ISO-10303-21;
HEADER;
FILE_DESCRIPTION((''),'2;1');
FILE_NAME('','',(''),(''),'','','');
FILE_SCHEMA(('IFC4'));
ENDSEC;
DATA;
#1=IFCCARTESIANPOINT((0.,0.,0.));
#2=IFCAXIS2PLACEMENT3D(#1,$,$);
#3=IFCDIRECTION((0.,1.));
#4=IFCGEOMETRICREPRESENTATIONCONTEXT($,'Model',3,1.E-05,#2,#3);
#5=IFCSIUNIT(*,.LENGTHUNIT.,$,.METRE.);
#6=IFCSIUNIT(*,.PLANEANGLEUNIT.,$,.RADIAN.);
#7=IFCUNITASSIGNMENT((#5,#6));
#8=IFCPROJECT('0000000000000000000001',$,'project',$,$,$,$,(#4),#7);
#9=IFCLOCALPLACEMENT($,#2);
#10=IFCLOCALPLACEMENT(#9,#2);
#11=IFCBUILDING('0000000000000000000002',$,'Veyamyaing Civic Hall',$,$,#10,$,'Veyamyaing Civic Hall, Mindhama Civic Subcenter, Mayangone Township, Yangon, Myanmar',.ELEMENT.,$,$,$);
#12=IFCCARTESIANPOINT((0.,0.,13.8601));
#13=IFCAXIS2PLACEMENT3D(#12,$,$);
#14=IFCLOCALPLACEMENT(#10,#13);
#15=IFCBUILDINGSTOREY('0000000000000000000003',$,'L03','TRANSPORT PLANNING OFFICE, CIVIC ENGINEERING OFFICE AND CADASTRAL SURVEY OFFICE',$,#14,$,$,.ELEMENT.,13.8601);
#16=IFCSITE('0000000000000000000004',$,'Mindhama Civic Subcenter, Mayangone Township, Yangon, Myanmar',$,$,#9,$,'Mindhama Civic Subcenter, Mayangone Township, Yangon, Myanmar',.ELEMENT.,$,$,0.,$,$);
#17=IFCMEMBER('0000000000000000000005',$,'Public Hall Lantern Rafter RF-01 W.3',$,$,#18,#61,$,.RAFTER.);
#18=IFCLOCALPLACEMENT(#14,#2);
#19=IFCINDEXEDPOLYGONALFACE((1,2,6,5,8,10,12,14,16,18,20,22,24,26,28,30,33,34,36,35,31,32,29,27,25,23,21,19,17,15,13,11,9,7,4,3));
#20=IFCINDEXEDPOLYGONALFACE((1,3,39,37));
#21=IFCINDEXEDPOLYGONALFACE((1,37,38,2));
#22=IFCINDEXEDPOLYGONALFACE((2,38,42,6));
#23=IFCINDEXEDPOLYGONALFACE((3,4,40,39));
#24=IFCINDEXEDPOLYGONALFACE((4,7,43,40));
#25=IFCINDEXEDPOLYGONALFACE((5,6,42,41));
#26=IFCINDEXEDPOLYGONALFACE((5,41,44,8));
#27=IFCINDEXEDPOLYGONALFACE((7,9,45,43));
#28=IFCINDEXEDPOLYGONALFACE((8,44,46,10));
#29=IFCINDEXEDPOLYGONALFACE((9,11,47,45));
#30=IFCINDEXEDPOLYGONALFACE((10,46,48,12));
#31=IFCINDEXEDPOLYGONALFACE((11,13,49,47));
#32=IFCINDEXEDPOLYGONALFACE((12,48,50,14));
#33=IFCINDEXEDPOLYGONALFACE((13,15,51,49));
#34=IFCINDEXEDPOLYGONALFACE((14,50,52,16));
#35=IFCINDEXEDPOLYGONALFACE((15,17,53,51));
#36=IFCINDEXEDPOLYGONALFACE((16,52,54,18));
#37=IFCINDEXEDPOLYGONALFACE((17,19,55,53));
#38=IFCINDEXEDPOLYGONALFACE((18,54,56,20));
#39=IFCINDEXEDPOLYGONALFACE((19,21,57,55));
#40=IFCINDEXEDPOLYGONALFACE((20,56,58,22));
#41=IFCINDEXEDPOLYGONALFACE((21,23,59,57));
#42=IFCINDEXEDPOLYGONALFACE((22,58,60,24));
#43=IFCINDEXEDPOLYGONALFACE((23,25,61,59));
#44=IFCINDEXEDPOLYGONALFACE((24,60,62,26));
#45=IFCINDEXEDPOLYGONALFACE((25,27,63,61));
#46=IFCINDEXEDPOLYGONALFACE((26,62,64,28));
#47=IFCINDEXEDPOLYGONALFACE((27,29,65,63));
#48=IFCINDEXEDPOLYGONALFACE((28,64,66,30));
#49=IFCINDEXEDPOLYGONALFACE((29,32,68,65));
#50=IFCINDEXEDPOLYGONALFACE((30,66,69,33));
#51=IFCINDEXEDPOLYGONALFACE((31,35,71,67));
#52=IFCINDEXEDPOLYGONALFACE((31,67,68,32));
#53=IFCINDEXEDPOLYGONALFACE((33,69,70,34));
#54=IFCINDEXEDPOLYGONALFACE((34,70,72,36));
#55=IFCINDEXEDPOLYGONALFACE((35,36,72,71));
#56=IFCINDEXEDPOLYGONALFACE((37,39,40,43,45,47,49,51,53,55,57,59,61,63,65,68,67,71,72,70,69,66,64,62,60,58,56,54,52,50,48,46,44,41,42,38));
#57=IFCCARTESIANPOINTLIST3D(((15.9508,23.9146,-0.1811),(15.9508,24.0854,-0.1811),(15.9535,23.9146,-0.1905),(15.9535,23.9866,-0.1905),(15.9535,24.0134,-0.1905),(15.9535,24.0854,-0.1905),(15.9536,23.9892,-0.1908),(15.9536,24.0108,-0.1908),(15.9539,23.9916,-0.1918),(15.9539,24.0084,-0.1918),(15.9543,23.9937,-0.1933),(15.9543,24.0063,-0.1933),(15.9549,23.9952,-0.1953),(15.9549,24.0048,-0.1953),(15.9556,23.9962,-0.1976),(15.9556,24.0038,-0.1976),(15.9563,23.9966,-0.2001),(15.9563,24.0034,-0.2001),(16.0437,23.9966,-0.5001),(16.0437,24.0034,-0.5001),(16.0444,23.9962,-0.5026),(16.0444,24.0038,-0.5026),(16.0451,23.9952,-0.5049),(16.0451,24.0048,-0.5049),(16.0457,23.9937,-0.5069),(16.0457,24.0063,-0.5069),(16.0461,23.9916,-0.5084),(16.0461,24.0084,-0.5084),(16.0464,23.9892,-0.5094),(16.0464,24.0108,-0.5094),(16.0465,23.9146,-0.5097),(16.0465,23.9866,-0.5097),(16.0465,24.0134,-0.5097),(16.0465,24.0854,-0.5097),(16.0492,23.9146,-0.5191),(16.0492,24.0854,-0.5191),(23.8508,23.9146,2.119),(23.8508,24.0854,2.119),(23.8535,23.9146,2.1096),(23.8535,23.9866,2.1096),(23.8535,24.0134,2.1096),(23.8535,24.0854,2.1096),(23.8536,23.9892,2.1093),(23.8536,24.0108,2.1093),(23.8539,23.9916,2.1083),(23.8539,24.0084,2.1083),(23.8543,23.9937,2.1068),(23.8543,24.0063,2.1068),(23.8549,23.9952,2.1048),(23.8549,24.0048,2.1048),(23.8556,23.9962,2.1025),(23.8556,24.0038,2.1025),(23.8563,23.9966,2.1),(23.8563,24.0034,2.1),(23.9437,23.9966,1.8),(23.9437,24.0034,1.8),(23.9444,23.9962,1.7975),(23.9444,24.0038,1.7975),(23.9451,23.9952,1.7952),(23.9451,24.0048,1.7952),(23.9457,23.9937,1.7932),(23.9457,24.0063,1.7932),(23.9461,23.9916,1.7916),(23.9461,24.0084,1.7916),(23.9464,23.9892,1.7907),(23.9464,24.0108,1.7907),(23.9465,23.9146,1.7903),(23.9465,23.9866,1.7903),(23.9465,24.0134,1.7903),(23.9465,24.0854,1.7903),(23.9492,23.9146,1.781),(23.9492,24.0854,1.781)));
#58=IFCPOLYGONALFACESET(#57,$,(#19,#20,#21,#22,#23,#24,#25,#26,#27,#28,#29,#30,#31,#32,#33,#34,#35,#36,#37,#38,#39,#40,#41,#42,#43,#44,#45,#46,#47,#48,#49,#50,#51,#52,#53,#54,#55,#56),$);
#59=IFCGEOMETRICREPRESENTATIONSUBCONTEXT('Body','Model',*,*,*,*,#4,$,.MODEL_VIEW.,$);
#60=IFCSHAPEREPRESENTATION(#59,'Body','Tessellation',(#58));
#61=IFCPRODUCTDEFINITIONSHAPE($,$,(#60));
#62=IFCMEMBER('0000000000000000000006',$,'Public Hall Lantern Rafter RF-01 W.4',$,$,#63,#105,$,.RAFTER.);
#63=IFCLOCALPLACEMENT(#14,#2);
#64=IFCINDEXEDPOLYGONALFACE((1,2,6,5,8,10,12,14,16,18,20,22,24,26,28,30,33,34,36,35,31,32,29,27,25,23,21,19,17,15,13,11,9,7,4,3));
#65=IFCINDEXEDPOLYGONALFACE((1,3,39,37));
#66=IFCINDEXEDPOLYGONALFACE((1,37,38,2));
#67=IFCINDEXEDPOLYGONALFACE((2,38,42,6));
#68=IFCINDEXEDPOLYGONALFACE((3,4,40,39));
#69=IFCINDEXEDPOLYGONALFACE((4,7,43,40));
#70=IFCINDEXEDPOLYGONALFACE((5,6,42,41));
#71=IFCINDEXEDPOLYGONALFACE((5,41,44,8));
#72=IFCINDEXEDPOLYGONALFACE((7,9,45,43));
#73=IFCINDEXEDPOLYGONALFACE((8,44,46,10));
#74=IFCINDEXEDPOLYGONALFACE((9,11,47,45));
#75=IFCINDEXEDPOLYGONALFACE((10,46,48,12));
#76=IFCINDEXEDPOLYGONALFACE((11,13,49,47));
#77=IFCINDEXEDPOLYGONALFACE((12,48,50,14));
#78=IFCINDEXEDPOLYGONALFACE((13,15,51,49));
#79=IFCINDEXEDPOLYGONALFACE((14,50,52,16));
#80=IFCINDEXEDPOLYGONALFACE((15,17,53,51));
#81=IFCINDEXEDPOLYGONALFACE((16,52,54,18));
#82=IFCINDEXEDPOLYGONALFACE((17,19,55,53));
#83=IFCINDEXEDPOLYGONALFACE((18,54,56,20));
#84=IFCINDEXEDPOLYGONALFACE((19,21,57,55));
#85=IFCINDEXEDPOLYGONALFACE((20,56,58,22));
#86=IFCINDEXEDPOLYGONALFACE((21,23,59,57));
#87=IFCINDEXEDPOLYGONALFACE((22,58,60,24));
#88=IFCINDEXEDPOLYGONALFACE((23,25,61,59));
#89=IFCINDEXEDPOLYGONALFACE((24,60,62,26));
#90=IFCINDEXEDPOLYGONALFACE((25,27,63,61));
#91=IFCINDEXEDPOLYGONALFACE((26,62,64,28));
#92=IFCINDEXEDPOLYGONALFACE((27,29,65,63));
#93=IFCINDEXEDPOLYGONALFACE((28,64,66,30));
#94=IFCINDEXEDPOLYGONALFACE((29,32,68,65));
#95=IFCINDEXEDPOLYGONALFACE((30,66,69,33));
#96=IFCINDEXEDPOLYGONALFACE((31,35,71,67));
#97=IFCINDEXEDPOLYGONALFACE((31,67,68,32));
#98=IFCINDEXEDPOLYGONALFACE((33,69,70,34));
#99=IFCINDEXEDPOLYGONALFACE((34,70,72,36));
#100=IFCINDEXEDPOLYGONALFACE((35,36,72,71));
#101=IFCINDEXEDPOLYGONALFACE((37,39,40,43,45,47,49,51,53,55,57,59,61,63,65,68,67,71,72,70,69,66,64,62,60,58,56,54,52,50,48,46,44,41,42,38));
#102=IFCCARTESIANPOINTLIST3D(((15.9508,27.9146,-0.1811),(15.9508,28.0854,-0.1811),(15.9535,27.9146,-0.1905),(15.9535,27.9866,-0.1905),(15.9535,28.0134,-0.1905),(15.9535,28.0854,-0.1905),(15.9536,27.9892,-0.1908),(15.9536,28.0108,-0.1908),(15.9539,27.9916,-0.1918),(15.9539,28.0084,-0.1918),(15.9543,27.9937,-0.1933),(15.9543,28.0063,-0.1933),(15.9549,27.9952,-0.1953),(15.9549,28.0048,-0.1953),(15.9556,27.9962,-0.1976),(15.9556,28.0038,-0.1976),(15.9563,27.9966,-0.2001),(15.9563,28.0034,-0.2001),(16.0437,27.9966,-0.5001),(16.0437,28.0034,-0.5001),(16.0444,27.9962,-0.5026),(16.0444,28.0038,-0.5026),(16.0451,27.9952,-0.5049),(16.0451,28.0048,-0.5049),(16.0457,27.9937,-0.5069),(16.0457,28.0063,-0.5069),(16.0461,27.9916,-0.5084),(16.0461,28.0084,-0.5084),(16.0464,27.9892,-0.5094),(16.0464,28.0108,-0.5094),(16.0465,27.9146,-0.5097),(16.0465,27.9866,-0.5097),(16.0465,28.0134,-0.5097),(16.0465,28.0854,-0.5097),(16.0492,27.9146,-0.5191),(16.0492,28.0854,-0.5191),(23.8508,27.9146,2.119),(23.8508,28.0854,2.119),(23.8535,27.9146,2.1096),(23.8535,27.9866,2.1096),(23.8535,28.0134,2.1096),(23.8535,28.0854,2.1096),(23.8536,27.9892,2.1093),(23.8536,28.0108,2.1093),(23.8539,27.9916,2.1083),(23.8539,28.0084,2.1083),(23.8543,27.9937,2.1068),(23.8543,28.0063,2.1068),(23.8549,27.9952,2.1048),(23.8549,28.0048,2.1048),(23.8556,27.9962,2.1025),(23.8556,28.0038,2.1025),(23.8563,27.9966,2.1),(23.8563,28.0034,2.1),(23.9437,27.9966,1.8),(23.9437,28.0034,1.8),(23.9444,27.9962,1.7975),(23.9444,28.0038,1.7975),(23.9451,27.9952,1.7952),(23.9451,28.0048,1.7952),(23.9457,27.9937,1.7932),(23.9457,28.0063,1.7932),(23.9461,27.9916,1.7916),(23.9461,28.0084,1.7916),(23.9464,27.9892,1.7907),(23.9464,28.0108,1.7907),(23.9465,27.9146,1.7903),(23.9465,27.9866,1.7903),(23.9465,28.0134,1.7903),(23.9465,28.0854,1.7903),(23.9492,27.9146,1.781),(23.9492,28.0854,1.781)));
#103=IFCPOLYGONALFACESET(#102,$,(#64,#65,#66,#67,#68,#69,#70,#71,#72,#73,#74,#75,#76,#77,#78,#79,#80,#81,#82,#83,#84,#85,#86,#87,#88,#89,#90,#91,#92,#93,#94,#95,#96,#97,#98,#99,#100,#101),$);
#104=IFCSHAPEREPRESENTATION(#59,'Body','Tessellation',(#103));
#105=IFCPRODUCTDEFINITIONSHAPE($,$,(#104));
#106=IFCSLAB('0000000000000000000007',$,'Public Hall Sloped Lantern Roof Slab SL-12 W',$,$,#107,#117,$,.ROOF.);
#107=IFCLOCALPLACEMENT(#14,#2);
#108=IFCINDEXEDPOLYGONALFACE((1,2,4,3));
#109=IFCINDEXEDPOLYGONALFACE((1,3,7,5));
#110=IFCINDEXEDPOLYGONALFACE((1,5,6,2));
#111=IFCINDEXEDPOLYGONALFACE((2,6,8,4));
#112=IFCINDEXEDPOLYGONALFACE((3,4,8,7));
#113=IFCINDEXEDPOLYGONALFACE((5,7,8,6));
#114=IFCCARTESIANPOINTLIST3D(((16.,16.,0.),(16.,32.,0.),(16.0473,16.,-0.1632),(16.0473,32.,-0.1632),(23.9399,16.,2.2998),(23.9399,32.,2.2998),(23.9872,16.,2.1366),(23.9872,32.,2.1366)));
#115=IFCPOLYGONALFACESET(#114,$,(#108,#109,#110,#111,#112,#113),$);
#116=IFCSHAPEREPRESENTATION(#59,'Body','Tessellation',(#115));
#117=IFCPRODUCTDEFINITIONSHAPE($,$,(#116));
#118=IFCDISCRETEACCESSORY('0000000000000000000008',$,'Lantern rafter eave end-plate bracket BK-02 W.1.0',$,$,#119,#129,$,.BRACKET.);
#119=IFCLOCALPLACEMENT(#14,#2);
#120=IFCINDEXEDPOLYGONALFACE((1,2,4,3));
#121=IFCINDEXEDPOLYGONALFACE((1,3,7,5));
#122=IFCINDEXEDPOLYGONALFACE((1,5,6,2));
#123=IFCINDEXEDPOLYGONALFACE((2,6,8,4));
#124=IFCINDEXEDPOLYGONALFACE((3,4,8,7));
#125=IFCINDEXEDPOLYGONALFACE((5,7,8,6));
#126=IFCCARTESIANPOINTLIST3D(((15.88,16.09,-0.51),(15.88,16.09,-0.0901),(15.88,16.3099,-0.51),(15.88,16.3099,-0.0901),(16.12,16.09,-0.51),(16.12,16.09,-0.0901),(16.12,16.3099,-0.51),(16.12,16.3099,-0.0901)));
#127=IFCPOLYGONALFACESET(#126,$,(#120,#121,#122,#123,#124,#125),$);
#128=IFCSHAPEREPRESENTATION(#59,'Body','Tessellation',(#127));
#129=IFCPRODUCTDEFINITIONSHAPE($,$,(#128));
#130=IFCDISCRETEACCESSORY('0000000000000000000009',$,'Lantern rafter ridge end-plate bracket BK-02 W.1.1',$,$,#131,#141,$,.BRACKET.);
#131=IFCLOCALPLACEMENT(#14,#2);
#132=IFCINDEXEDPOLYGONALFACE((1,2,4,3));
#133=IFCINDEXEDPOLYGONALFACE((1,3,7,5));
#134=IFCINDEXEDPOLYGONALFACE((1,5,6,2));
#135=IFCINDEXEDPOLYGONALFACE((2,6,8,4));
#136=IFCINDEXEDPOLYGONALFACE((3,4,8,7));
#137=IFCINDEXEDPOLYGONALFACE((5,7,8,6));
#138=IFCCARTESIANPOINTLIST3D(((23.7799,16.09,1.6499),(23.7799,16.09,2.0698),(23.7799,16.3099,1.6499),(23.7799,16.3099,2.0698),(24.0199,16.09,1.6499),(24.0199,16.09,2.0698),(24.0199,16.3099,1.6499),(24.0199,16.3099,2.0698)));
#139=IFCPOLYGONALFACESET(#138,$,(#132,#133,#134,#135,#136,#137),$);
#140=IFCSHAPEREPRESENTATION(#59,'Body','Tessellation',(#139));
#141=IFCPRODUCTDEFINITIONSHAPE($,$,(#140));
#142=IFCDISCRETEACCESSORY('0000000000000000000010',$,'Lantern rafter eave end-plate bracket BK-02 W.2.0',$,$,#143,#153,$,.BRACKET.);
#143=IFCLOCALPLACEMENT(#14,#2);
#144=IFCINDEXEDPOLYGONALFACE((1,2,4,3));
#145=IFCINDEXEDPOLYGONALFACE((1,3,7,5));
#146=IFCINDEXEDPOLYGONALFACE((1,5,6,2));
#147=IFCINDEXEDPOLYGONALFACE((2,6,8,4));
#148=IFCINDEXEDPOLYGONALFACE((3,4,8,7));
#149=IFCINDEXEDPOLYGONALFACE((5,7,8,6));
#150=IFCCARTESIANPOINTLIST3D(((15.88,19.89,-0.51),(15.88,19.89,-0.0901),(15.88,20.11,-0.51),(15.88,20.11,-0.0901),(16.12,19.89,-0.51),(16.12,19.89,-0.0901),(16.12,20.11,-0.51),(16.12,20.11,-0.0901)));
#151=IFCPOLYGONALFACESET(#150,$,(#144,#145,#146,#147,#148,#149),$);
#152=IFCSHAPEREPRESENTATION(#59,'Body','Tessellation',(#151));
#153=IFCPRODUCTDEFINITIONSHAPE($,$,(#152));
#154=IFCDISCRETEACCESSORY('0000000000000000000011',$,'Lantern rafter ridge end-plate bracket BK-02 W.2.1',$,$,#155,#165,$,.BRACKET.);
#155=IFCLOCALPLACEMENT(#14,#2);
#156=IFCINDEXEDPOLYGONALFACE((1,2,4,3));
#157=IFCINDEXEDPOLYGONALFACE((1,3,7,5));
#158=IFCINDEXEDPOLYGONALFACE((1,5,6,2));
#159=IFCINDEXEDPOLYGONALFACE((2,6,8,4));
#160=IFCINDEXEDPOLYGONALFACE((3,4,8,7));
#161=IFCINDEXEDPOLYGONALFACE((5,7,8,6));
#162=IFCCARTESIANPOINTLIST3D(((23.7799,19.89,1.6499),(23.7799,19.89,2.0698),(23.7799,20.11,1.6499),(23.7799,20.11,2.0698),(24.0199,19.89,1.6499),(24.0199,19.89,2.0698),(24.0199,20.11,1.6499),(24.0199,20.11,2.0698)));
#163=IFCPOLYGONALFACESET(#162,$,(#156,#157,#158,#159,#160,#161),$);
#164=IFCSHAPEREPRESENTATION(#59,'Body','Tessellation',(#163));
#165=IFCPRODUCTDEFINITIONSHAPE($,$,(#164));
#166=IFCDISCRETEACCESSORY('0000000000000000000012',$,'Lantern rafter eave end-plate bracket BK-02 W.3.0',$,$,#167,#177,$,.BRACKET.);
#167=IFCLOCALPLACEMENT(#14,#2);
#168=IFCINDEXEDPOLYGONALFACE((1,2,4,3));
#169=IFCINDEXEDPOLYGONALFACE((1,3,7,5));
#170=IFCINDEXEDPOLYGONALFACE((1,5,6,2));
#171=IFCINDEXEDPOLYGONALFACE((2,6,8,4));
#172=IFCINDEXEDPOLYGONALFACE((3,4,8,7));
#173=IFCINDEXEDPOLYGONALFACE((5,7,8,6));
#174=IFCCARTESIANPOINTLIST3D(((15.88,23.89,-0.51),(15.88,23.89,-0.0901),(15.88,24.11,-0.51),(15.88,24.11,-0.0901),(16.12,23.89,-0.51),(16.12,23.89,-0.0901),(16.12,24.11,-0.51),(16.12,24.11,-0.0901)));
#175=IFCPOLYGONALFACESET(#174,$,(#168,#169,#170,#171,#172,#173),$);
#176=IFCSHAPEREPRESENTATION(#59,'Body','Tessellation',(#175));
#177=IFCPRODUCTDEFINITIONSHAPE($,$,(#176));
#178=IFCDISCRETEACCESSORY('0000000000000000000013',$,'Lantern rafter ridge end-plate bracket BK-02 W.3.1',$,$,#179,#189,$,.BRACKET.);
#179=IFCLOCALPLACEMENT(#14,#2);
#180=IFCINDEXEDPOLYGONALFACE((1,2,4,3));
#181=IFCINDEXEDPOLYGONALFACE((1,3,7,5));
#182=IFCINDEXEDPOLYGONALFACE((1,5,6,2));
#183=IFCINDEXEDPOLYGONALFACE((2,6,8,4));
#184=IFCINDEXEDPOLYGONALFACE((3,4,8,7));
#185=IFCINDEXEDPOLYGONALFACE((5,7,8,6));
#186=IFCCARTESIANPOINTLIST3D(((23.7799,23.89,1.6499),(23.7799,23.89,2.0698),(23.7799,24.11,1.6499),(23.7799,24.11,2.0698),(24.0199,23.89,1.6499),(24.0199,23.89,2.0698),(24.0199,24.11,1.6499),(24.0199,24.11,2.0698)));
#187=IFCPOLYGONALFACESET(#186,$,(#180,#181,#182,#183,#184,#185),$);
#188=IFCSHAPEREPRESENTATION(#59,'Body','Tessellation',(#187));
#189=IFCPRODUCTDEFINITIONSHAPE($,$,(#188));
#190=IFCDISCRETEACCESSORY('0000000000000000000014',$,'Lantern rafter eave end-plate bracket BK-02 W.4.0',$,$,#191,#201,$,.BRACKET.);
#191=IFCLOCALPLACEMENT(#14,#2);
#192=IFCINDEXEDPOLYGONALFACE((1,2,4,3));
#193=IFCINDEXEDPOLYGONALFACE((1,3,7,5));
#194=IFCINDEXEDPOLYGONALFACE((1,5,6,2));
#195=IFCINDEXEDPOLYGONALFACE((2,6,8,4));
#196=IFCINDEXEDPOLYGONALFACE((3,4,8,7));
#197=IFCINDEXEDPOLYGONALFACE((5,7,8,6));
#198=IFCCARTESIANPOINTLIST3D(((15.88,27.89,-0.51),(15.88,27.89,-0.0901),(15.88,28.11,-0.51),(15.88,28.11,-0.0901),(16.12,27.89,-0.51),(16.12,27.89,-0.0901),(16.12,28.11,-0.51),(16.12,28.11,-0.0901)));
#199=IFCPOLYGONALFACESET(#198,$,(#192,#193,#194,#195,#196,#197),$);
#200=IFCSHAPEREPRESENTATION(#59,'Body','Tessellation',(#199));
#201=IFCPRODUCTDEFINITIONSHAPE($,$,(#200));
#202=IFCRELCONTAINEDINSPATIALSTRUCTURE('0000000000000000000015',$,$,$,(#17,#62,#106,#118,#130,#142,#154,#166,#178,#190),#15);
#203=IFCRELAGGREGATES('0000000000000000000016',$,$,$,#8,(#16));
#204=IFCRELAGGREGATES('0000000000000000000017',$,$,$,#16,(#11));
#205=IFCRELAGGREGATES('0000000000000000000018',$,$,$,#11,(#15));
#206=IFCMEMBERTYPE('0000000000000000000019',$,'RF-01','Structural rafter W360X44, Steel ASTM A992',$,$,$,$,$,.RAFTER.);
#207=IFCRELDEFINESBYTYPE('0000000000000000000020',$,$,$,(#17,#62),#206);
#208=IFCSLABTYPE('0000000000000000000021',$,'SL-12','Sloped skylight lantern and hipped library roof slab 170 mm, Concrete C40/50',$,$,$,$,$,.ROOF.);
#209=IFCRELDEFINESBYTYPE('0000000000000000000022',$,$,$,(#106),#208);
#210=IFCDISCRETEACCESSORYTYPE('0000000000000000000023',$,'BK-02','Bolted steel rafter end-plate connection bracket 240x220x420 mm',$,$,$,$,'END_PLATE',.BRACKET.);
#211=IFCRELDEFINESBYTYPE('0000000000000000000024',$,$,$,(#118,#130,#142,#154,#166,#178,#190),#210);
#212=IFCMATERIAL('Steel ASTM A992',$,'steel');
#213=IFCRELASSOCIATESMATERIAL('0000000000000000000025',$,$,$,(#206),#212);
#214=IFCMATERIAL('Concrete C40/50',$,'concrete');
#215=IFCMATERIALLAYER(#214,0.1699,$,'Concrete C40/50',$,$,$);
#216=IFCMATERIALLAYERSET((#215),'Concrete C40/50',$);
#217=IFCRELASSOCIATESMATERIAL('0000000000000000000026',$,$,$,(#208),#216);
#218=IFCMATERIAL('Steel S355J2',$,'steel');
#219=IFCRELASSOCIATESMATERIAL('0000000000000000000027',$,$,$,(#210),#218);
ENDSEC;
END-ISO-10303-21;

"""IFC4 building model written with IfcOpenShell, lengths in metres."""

from ifc_helpers import new_model, si_unit, direction, frame, origin, origin_2d, place, context, subcontext, project, spatial, polyline, rectangle, i_section, outline, extrude, material, layer, layer_set, material_profile, profile_set, type_object, element, save


model = new_model("IFC4")

# Units and contexts
model_context = context("Model", 3, precision=1e-05, world=origin(), true_north=direction((0.0, 1.0)))
body_context = subcontext(model_context, "Body", "Model", "MODEL_VIEW")
ifc_project = project(units=[si_unit("LENGTHUNIT", "METRE"), si_unit("PLANEANGLEUNIT", "RADIAN")], contexts=[model_context])

# Site, building, storey
site_placement = place(None, origin())
site = spatial("IfcSite", under=ifc_project, at=site_placement, Name="Mindhama Civic Subcenter, Mayangone Township, Yangon, Myanmar", LongName="Mindhama Civic Subcenter, Mayangone Township, Yangon, Myanmar", CompositionType="ELEMENT", RefElevation=0.0)
building_placement = place(site_placement, origin())
building = spatial("IfcBuilding", under=site, at=building_placement, Name="Veyamyaing Civic Hall", LongName="Veyamyaing Civic Hall, Mindhama Civic Subcenter, Mayangone Township, Yangon, Myanmar", CompositionType="ELEMENT")
storey_placement = place(building_placement, frame((0.0, 0.0, 13.8601)))
storey = spatial("IfcBuildingStorey", under=building, at=storey_placement, Name="L03", Description="TRANSPORT PLANNING OFFICE, CIVIC ENGINEERING OFFICE AND CADASTRAL SURVEY OFFICE", CompositionType="ELEMENT", Elevation=13.8601)

# Shared definitions
ifc_material_1 = material(Name="Steel ASTM A992", Category="steel")

# Members
ifc_material_profile_1 = material_profile(ifc_material_1, i_section(OverallWidth=0.1709, OverallDepth=0.3521, WebThickness=0.0068, FlangeThickness=0.0098, FilletRadius=0.01, at=origin_2d()), Name="W360X44")
ifc_profile_set_1 = profile_set([ifc_material_profile_1], Name="Steel ASTM A992")
member_type = type_object("IfcMemberType", Name="RF-01", Description="Structural rafter W360X44, Steel ASTM A992", PredefinedType="RAFTER", material=ifc_profile_set_1)
for number, where, z_axis, x_axis, name in (
    (1, (16.0, 24.0, -0.3501), (0.960133, 0.0, 0.279542), (0.0, 1.0, 0.0), "Public Hall Lantern Rafter RF-01 W.3"),
    (2, (16.0, 28.0, -0.3501), (0.960133, 0.0, 0.279542), (0.0, 1.0, 0.0), "Public Hall Lantern Rafter RF-01 W.4"),
):
    element("IfcMember", number, at=place(storey_placement, frame(where, z_axis=z_axis, x_axis=x_axis)), inside=storey, type_object=member_type, Name=name, PredefinedType="RAFTER", context=body_context, shape_type="SweptSolid", body=[
        extrude(i_section(OverallWidth=0.1709, OverallDepth=0.3521, WebThickness=0.0068, FlangeThickness=0.0098, FilletRadius=0.01, at=origin_2d()), origin(), (0.0, 0.0, 1.0), 8.228),
    ])

# Slab
ifc_material_2 = material(Name="Concrete C40/50", Category="concrete")
ifc_layer = layer(ifc_material_2, 0.1699, Name="Concrete C40/50")
ifc_layer_set = layer_set([ifc_layer], Name="Concrete C40/50")
slab_type = type_object("IfcSlabType", Name="SL-12", Description="Sloped skylight lantern and hipped library roof slab 170 mm, Concrete C40/50", PredefinedType="ROOF", material=ifc_layer_set)
slab_placement = place(storey_placement, frame((16.0, 16.0, 0.0), z_axis=(-0.278214, 0.0, 0.960519), x_axis=(0.960519, 0.0, 0.278214)))
element("IfcSlab", 3, at=slab_placement, inside=storey, type_object=slab_type, Name="Public Hall Sloped Lantern Roof Slab SL-12 W", PredefinedType="ROOF", context=body_context, shape_type="SweptSolid", body=[
    extrude(outline(polyline([(0.0, 0.0), (8.2663, 0.0), (8.2663, 16.0), (0.0, 16.0), (0.0, 0.0)])), origin(), (0.0, 0.0, -1.0), 0.1699),
])

# Discrete accessories
ifc_material_3 = material(Name="Steel S355J2", Category="steel")
discrete_accessory_type = type_object("IfcDiscreteAccessoryType", Name="BK-02", Description="Bolted steel rafter end-plate connection bracket 240x220x420 mm", ElementType="END_PLATE", PredefinedType="BRACKET", material=ifc_material_3)
for number, where, z_axis, x_axis, name in (
    (4, (16.0, 16.2, -0.51), (0.0, 0.0, 1.0), (1.0, 0.0, 0.0), "Lantern rafter eave end-plate bracket BK-02 W.1.0"),
    (5, (23.8999, 16.2, 1.6499), (0.0, 0.0, 1.0), (1.0, 0.0, 0.0), "Lantern rafter ridge end-plate bracket BK-02 W.1.1"),
    (6, (16.0, 20.0, -0.51), (0.0, 0.0, 1.0), (1.0, 0.0, 0.0), "Lantern rafter eave end-plate bracket BK-02 W.2.0"),
    (7, (23.8999, 20.0, 1.6499), (0.0, 0.0, 1.0), (1.0, 0.0, 0.0), "Lantern rafter ridge end-plate bracket BK-02 W.2.1"),
    (8, (16.0, 24.0, -0.51), (0.0, 0.0, 1.0), (1.0, 0.0, 0.0), "Lantern rafter eave end-plate bracket BK-02 W.3.0"),
    (9, (23.8999, 24.0, 1.6499), (0.0, 0.0, 1.0), (1.0, 0.0, 0.0), "Lantern rafter ridge end-plate bracket BK-02 W.3.1"),
    (10, (16.0, 28.0, -0.51), (0.0, 0.0, 1.0), (1.0, 0.0, 0.0), "Lantern rafter eave end-plate bracket BK-02 W.4.0"),
):
    element("IfcDiscreteAccessory", number, at=place(storey_placement, frame(where, z_axis=z_axis, x_axis=x_axis)), inside=storey, type_object=discrete_accessory_type, Name=name, PredefinedType="BRACKET", context=body_context, shape_type="SweptSolid", body=[
        extrude(rectangle(XDim=0.24, YDim=0.22, at=origin_2d()), origin(), (0.0, 0.0, 1.0), 0.4199),
    ])

save(model, "model.ifc")
